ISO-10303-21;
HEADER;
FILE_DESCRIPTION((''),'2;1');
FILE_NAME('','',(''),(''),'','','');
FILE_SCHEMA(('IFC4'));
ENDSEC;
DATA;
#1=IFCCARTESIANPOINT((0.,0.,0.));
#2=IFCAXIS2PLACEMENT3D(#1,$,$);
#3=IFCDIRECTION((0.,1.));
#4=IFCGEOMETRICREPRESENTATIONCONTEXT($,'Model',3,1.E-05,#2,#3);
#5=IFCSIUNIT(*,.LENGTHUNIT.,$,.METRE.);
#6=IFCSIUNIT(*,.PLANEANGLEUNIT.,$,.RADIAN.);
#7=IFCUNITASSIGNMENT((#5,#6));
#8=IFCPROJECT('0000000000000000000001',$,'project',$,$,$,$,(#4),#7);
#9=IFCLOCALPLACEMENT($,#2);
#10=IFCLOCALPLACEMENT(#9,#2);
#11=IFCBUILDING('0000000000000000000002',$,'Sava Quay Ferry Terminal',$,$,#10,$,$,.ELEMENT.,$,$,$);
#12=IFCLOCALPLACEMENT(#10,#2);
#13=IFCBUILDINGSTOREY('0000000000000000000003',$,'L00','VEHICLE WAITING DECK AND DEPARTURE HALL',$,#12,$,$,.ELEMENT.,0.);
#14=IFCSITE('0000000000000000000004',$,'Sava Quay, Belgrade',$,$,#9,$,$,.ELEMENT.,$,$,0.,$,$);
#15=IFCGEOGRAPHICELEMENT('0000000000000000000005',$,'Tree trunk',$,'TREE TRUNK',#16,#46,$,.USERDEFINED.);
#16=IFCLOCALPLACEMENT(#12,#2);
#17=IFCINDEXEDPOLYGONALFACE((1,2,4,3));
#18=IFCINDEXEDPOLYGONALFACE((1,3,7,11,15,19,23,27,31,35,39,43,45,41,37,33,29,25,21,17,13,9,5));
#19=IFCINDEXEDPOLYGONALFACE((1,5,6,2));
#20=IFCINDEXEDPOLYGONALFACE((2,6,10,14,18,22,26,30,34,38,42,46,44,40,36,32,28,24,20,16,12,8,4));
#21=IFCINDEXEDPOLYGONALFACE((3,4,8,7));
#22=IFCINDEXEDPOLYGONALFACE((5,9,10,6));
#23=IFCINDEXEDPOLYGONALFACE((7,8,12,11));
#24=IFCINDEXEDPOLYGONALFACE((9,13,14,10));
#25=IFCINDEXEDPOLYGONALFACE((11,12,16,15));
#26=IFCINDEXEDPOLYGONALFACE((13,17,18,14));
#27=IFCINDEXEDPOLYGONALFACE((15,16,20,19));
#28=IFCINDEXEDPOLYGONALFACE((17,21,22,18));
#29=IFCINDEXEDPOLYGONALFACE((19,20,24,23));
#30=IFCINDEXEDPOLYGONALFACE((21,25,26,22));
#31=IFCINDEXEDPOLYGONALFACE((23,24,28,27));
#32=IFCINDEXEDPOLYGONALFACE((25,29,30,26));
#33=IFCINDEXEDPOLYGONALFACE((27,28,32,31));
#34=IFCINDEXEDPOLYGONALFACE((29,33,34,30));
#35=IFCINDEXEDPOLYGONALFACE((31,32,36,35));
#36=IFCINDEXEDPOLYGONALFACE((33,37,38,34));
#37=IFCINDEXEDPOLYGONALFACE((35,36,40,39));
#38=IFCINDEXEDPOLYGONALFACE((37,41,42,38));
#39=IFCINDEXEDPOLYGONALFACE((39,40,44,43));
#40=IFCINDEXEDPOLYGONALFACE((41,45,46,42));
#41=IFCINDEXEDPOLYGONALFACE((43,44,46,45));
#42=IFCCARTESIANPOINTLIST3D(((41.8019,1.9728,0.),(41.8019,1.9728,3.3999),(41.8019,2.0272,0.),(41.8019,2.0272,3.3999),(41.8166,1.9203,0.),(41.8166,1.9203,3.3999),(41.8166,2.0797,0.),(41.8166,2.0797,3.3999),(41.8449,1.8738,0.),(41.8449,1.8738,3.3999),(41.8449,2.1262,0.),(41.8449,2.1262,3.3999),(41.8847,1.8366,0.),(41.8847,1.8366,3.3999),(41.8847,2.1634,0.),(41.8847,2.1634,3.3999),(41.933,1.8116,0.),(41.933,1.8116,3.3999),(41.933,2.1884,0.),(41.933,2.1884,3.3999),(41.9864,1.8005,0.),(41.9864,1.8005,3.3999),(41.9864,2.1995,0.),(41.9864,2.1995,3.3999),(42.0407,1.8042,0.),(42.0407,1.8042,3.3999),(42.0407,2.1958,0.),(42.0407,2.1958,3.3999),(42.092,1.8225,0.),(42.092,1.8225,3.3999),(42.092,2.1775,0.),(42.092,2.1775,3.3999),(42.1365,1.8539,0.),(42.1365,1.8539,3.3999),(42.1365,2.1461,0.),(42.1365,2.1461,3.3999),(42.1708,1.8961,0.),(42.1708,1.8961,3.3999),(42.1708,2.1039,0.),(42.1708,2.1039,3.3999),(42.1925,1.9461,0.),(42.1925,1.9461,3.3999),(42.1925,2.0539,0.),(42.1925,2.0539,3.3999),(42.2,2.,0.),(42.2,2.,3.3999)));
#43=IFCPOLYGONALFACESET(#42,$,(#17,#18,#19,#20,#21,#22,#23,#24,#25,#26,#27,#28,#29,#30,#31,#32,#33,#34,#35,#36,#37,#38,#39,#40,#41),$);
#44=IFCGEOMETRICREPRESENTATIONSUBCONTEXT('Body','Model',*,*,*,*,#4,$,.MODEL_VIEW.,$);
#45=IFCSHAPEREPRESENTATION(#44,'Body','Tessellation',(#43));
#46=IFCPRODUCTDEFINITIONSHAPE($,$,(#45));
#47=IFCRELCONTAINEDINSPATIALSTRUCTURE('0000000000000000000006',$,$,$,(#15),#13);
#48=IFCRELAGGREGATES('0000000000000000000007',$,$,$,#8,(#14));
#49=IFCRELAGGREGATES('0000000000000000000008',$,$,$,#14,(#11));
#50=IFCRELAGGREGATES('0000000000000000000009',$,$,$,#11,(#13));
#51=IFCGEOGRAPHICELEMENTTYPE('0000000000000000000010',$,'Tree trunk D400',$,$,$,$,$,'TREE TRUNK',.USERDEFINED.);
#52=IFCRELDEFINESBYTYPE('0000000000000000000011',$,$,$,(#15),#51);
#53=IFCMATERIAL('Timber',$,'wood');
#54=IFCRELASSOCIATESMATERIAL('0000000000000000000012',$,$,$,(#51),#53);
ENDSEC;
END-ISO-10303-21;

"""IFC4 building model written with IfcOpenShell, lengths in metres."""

from ifc_helpers import new_model, si_unit, direction, frame, origin, origin_2d, place, context, subcontext, project, spatial, circle, extrude, material, type_object, element, save


model = new_model("IFC4")

# Units and contexts
model_context = context("Model", 3, precision=1e-05, world=origin(), true_north=direction((0.0, 1.0)))
body_context = subcontext(model_context, "Body", "Model", "MODEL_VIEW")
ifc_project = project(units=[si_unit("LENGTHUNIT", "METRE"), si_unit("PLANEANGLEUNIT", "RADIAN")], contexts=[model_context])

# Site, building, storey
site_placement = place(None, origin())
site = spatial("IfcSite", under=ifc_project, at=site_placement, Name="Sava Quay, Belgrade", CompositionType="ELEMENT", RefElevation=0.0)
building_placement = place(site_placement, origin())
building = spatial("IfcBuilding", under=site, at=building_placement, Name="Sava Quay Ferry Terminal", CompositionType="ELEMENT")
storey_placement = place(building_placement, origin())
storey = spatial("IfcBuildingStorey", under=building, at=storey_placement, Name="L00", Description="VEHICLE WAITING DECK AND DEPARTURE HALL", CompositionType="ELEMENT", Elevation=0.0)

# Geographic element
ifc_material_1 = material(Name="Timber", Category="wood")
geographic_element_type_1 = type_object("IfcGeographicElementType", Name="Tree trunk D400", ElementType="TREE TRUNK", PredefinedType="USERDEFINED", material=ifc_material_1)
geographic_element_1_placement = place(storey_placement, frame((42.0, 2.0, 3.3999), z_axis=(0.0, 0.0, -1.0), x_axis=(1.0, 0.0, 0.0)))
element("IfcGeographicElement", 1, at=geographic_element_1_placement, inside=storey, type_object=geographic_element_type_1, Name="Tree trunk", ObjectType="TREE TRUNK", PredefinedType="USERDEFINED", context=body_context, shape_type="SweptSolid", body=[
    extrude(circle(Radius=0.2, at=origin_2d()), origin(), (0.0, 0.0, 1.0), 3.3999),
])

save(model, "model.ifc")
